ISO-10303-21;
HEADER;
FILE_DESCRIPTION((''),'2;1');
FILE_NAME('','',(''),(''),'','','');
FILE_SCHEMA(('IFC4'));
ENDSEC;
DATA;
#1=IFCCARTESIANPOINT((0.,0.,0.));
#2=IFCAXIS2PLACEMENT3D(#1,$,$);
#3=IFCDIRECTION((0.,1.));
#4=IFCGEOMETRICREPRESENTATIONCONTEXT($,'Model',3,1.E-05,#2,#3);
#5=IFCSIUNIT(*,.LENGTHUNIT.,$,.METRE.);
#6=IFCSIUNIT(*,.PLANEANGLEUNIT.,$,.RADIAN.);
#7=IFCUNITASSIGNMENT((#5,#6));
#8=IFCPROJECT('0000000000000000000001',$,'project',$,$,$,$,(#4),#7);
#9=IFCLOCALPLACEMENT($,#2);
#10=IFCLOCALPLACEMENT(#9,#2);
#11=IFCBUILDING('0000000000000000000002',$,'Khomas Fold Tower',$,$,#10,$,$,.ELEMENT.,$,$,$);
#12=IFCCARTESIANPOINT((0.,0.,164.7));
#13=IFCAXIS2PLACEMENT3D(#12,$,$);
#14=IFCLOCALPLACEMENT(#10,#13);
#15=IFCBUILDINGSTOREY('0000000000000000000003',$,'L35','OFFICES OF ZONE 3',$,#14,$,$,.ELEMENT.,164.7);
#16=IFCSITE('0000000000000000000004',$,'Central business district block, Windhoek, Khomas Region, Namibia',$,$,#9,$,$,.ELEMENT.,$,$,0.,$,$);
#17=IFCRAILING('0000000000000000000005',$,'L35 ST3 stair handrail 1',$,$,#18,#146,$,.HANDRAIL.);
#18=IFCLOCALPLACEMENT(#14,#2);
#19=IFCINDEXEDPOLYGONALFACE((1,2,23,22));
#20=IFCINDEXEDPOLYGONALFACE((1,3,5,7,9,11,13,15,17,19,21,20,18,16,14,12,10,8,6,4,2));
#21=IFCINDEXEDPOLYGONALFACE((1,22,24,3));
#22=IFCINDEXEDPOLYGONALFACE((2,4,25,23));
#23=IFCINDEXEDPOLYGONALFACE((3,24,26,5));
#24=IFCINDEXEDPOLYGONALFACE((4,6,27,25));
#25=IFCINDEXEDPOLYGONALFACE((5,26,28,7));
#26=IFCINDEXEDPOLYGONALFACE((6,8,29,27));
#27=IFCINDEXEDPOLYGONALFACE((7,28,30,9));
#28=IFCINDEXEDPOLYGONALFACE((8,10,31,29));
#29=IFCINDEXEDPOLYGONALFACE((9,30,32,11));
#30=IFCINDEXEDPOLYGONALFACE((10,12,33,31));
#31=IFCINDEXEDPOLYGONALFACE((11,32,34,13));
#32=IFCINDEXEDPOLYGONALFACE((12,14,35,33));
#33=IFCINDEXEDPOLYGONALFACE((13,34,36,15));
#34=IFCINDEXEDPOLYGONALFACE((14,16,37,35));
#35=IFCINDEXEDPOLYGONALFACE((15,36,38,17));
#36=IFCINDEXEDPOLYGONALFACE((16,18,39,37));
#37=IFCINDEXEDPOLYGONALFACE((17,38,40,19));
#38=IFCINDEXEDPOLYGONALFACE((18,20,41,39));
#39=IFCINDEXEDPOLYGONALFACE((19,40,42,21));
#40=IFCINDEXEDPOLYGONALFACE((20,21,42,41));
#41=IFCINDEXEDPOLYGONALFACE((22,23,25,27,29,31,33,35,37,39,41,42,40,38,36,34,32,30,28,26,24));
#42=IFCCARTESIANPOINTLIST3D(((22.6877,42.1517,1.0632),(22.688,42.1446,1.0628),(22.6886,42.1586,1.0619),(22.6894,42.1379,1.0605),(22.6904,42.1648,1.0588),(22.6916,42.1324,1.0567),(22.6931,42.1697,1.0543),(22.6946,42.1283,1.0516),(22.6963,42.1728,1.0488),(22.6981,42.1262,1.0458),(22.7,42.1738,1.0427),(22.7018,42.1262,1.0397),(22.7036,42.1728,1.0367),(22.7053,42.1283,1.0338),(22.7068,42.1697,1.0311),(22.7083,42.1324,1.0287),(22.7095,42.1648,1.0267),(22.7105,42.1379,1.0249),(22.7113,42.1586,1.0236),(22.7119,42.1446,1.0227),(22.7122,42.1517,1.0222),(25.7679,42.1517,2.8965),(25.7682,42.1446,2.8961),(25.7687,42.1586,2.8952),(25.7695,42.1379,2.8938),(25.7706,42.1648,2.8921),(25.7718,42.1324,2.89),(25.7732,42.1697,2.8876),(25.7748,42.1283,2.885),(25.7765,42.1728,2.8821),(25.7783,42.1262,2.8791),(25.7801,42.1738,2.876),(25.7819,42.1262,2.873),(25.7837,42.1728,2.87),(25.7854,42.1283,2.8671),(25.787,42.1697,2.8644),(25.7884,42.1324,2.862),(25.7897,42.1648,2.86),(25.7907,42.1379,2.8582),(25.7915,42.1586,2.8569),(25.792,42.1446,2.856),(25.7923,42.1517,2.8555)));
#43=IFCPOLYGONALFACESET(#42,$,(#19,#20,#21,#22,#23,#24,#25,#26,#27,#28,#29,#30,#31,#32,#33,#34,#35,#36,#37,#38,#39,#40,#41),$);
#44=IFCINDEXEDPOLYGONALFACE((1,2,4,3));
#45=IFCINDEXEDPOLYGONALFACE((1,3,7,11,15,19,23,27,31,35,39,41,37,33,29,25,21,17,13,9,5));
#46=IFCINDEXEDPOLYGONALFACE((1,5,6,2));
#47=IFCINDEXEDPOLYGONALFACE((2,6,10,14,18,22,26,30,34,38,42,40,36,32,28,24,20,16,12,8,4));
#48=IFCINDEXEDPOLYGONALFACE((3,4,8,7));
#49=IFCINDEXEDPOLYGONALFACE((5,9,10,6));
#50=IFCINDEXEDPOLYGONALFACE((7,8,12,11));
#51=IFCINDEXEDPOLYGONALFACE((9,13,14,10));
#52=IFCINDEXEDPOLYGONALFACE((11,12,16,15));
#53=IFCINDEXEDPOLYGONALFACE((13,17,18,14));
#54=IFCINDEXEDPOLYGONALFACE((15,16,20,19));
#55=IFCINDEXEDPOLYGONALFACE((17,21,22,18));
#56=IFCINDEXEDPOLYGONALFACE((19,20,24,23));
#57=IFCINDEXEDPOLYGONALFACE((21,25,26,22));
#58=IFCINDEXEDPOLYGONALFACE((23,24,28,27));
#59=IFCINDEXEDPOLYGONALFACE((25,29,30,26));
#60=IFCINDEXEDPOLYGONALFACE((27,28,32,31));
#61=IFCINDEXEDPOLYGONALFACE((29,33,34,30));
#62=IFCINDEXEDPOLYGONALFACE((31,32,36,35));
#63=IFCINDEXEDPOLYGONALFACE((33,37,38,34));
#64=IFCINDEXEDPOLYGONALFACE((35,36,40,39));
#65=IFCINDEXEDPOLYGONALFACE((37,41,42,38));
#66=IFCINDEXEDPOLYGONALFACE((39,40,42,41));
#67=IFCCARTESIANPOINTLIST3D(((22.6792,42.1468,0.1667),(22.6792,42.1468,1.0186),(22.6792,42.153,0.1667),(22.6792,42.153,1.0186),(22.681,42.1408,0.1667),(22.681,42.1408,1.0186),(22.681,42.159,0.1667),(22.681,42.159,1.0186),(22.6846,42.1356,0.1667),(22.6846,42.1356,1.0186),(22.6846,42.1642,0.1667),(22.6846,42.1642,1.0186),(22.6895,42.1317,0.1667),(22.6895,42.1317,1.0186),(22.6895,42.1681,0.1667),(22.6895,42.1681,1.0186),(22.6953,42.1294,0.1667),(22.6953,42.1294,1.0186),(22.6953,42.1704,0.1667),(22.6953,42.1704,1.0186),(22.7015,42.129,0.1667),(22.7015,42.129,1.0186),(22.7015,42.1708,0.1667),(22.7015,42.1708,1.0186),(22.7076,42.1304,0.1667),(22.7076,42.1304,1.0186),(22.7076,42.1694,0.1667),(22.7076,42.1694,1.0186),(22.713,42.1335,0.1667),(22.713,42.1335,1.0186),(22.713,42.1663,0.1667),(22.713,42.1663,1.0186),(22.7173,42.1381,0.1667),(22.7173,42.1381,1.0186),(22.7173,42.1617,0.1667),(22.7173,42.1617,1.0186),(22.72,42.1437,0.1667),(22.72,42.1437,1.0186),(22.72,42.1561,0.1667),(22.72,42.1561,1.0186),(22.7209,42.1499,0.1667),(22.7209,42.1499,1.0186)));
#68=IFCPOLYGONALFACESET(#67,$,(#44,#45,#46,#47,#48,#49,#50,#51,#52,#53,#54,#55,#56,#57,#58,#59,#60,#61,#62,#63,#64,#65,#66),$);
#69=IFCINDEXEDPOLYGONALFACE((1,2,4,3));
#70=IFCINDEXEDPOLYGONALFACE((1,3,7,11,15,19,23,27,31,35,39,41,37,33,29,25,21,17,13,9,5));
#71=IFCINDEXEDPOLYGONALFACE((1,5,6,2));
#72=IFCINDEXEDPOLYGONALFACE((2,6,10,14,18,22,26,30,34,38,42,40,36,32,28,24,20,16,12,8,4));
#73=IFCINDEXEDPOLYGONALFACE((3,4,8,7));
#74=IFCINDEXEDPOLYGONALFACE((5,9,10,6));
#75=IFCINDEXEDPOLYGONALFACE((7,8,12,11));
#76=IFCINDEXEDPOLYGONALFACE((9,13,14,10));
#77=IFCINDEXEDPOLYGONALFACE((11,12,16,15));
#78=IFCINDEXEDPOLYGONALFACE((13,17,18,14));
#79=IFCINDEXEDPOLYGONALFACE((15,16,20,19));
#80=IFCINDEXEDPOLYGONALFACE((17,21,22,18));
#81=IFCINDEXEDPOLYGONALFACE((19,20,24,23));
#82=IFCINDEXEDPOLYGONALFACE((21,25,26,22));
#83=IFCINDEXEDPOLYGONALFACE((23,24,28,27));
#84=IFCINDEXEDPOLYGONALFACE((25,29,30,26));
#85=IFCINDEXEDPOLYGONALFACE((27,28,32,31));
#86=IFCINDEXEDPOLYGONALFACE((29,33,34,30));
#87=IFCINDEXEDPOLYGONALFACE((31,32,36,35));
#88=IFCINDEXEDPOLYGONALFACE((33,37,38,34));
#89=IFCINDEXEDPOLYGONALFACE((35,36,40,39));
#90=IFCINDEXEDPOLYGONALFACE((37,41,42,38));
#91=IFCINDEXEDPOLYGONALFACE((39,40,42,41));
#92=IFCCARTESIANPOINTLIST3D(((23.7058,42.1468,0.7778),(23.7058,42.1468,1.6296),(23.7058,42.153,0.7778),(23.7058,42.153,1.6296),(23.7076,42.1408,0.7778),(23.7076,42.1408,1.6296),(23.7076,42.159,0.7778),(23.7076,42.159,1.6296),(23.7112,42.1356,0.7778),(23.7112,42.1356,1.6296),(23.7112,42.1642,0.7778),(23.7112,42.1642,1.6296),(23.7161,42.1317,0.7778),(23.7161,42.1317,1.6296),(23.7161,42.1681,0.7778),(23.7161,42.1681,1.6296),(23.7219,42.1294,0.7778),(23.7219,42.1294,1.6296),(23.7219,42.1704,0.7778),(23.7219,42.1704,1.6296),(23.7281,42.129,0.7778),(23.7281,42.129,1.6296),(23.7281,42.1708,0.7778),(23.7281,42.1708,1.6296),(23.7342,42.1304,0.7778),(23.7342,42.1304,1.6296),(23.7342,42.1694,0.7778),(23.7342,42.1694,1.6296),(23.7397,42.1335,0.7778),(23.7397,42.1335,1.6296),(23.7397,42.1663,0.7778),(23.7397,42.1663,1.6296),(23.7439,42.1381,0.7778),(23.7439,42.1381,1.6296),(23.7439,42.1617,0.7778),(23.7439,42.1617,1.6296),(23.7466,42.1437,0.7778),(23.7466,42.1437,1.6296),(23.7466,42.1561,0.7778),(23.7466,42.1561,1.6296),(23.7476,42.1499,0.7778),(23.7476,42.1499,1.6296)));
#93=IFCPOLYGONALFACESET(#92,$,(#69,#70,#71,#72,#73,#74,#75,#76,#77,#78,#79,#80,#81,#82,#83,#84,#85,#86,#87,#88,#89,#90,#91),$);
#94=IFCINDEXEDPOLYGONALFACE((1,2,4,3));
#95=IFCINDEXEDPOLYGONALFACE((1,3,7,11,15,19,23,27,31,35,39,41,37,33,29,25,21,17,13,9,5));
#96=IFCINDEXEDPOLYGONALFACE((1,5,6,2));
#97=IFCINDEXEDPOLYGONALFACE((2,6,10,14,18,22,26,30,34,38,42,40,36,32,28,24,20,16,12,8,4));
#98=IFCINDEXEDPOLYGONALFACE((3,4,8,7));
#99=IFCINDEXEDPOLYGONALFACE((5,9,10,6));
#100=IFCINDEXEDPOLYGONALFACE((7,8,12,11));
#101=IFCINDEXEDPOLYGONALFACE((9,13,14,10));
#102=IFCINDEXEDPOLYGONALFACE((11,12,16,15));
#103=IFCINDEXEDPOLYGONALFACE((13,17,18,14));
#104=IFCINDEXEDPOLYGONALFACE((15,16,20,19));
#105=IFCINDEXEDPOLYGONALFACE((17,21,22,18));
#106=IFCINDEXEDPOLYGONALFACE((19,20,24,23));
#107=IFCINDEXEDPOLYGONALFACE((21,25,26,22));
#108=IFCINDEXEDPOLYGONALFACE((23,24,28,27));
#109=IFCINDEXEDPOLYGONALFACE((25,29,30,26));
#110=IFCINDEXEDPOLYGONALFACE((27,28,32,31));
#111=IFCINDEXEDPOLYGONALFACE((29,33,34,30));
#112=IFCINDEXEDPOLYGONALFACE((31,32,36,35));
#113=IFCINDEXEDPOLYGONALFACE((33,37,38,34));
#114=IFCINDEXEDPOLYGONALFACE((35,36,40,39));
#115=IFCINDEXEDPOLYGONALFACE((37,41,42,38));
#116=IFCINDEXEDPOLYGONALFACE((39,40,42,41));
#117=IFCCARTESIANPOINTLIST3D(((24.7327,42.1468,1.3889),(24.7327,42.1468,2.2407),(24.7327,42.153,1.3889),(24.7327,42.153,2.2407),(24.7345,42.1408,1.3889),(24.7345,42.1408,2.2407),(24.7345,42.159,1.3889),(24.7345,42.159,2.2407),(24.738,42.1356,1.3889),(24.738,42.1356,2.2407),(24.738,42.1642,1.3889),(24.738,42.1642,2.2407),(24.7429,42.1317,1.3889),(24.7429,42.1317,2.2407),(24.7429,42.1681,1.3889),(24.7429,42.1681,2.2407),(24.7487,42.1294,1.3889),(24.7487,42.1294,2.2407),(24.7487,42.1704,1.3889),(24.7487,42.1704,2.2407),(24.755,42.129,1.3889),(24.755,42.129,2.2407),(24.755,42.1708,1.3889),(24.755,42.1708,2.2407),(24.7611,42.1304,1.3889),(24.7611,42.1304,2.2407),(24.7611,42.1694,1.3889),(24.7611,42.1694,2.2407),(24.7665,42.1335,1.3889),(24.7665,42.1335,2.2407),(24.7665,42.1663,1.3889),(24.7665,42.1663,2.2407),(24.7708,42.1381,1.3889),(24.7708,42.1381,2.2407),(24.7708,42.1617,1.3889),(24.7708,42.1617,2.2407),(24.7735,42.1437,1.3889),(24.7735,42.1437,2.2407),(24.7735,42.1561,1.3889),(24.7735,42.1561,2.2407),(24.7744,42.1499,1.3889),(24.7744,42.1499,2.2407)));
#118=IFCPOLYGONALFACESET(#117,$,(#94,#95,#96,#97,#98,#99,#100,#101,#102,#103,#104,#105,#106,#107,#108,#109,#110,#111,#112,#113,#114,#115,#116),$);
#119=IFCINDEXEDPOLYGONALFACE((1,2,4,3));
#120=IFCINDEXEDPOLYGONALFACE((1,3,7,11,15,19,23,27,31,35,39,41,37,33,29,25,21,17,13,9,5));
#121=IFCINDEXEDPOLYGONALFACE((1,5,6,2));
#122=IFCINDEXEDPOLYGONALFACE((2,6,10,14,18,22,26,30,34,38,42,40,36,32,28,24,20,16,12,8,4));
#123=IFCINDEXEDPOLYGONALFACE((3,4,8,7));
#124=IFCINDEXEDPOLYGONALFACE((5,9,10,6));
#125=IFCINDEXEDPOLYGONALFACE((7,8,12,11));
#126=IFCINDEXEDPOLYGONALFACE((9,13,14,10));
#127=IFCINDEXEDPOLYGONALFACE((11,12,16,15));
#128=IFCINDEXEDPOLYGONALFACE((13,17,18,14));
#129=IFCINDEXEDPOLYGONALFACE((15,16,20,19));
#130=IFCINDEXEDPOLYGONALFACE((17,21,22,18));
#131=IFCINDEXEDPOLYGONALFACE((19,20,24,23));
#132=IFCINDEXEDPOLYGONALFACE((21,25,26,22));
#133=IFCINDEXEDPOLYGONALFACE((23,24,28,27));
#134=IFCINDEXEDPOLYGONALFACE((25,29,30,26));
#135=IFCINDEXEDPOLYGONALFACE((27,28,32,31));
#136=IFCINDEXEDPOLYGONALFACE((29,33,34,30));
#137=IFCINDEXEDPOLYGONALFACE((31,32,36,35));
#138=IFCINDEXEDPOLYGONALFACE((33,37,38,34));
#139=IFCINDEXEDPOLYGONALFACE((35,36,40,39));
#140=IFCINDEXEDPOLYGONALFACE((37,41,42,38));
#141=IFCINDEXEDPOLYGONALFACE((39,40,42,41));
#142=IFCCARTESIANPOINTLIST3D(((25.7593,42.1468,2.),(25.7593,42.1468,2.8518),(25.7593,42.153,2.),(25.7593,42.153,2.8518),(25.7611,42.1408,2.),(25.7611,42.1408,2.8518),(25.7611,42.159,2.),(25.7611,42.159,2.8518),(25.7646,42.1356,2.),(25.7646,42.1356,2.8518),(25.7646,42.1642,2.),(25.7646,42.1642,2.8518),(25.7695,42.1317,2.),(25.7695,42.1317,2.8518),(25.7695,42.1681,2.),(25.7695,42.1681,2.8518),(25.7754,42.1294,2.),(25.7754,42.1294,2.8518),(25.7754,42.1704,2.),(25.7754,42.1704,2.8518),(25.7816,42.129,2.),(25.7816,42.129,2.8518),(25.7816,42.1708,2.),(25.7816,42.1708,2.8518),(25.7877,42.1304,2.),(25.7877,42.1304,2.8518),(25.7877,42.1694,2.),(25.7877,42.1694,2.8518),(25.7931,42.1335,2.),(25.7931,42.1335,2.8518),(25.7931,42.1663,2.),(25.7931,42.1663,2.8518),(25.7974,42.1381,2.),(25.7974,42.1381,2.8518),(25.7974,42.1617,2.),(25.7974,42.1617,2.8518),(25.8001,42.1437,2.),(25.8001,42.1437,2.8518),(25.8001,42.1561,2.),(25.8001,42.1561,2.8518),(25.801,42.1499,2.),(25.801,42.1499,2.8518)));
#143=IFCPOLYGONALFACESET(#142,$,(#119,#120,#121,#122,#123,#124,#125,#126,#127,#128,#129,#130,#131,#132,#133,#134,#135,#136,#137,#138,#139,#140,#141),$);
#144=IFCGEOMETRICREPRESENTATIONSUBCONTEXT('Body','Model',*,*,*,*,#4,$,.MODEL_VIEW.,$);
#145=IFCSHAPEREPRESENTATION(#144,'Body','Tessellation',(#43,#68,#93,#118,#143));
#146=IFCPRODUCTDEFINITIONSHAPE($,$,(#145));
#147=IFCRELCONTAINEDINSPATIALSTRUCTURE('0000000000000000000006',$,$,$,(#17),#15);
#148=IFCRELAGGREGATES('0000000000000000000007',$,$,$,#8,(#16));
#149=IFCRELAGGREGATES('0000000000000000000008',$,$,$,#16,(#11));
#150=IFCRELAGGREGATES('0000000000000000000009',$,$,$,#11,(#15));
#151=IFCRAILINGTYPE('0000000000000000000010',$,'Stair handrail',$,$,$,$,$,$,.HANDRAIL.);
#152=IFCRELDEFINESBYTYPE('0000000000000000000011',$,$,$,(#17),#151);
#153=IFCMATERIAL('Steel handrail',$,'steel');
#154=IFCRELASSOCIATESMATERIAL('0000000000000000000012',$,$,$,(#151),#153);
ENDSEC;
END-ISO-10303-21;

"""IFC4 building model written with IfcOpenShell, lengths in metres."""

from ifc_helpers import new_model, si_unit, direction, frame, origin, origin_2d, place, context, subcontext, project, spatial, circle, extrude, source, transform, mapped, material, type_object, element, save


model = new_model("IFC4")

# Units and contexts
model_context = context("Model", 3, precision=1e-05, world=origin(), true_north=direction((0.0, 1.0)))
body_context = subcontext(model_context, "Body", "Model", "MODEL_VIEW")
ifc_project = project(units=[si_unit("LENGTHUNIT", "METRE"), si_unit("PLANEANGLEUNIT", "RADIAN")], contexts=[model_context])

# Site, building, storey
site_placement = place(None, origin())
site = spatial("IfcSite", under=ifc_project, at=site_placement, Name="Central business district block, Windhoek, Khomas Region, Namibia", CompositionType="ELEMENT", RefElevation=0.0)
building_placement = place(site_placement, origin())
building = spatial("IfcBuilding", under=site, at=building_placement, Name="Khomas Fold Tower", CompositionType="ELEMENT")
storey_placement = place(building_placement, frame((0.0, 0.0, 164.7)))
storey = spatial("IfcBuildingStorey", under=building, at=storey_placement, Name="L35", Description="OFFICES OF ZONE 3", CompositionType="ELEMENT", Elevation=164.7)

# Railing
ifc_material_1 = material(Name="Steel handrail", Category="steel")
railing_type_1 = type_object("IfcRailingType", Name="Stair handrail", PredefinedType="HANDRAIL", material=ifc_material_1)
shared_shape_1 = source(origin(), body_context, "Body", "SweptSolid", [
    extrude(circle(Radius=0.0239, at=origin_2d()), frame((0.0, 0.0, 0.876), z_axis=(0.859309, 0.0, 0.511458), x_axis=(0.0, 1.0, 0.0)), (0.0, 0.0, 1.0), 3.5845),
    extrude(circle(Radius=0.021, at=origin_2d()), origin(), (0.0, 0.0, 1.0), 0.8518),
    extrude(circle(Radius=0.021, at=origin_2d()), frame((1.0266, 0.0, 0.6111)), (0.0, 0.0, 1.0), 0.8518),
    extrude(circle(Radius=0.021, at=origin_2d()), frame((2.0535, 0.0, 1.2222)), (0.0, 0.0, 1.0), 0.8518),
    extrude(circle(Radius=0.021, at=origin_2d()), frame((3.0801, 0.0, 1.8333)), (0.0, 0.0, 1.0), 0.8518),
])
railing_1_placement = place(storey_placement, frame((22.7, 42.1499, 0.1667)))
element("IfcRailing", 1, at=railing_1_placement, inside=storey, type_object=railing_type_1, Name="L35 ST3 stair handrail 1", PredefinedType="HANDRAIL", context=body_context, shape_type="MappedRepresentation", body=[
    mapped(shared_shape_1, transform((0.0, 0.0, 0.0))),
])

save(model, "model.ifc")
